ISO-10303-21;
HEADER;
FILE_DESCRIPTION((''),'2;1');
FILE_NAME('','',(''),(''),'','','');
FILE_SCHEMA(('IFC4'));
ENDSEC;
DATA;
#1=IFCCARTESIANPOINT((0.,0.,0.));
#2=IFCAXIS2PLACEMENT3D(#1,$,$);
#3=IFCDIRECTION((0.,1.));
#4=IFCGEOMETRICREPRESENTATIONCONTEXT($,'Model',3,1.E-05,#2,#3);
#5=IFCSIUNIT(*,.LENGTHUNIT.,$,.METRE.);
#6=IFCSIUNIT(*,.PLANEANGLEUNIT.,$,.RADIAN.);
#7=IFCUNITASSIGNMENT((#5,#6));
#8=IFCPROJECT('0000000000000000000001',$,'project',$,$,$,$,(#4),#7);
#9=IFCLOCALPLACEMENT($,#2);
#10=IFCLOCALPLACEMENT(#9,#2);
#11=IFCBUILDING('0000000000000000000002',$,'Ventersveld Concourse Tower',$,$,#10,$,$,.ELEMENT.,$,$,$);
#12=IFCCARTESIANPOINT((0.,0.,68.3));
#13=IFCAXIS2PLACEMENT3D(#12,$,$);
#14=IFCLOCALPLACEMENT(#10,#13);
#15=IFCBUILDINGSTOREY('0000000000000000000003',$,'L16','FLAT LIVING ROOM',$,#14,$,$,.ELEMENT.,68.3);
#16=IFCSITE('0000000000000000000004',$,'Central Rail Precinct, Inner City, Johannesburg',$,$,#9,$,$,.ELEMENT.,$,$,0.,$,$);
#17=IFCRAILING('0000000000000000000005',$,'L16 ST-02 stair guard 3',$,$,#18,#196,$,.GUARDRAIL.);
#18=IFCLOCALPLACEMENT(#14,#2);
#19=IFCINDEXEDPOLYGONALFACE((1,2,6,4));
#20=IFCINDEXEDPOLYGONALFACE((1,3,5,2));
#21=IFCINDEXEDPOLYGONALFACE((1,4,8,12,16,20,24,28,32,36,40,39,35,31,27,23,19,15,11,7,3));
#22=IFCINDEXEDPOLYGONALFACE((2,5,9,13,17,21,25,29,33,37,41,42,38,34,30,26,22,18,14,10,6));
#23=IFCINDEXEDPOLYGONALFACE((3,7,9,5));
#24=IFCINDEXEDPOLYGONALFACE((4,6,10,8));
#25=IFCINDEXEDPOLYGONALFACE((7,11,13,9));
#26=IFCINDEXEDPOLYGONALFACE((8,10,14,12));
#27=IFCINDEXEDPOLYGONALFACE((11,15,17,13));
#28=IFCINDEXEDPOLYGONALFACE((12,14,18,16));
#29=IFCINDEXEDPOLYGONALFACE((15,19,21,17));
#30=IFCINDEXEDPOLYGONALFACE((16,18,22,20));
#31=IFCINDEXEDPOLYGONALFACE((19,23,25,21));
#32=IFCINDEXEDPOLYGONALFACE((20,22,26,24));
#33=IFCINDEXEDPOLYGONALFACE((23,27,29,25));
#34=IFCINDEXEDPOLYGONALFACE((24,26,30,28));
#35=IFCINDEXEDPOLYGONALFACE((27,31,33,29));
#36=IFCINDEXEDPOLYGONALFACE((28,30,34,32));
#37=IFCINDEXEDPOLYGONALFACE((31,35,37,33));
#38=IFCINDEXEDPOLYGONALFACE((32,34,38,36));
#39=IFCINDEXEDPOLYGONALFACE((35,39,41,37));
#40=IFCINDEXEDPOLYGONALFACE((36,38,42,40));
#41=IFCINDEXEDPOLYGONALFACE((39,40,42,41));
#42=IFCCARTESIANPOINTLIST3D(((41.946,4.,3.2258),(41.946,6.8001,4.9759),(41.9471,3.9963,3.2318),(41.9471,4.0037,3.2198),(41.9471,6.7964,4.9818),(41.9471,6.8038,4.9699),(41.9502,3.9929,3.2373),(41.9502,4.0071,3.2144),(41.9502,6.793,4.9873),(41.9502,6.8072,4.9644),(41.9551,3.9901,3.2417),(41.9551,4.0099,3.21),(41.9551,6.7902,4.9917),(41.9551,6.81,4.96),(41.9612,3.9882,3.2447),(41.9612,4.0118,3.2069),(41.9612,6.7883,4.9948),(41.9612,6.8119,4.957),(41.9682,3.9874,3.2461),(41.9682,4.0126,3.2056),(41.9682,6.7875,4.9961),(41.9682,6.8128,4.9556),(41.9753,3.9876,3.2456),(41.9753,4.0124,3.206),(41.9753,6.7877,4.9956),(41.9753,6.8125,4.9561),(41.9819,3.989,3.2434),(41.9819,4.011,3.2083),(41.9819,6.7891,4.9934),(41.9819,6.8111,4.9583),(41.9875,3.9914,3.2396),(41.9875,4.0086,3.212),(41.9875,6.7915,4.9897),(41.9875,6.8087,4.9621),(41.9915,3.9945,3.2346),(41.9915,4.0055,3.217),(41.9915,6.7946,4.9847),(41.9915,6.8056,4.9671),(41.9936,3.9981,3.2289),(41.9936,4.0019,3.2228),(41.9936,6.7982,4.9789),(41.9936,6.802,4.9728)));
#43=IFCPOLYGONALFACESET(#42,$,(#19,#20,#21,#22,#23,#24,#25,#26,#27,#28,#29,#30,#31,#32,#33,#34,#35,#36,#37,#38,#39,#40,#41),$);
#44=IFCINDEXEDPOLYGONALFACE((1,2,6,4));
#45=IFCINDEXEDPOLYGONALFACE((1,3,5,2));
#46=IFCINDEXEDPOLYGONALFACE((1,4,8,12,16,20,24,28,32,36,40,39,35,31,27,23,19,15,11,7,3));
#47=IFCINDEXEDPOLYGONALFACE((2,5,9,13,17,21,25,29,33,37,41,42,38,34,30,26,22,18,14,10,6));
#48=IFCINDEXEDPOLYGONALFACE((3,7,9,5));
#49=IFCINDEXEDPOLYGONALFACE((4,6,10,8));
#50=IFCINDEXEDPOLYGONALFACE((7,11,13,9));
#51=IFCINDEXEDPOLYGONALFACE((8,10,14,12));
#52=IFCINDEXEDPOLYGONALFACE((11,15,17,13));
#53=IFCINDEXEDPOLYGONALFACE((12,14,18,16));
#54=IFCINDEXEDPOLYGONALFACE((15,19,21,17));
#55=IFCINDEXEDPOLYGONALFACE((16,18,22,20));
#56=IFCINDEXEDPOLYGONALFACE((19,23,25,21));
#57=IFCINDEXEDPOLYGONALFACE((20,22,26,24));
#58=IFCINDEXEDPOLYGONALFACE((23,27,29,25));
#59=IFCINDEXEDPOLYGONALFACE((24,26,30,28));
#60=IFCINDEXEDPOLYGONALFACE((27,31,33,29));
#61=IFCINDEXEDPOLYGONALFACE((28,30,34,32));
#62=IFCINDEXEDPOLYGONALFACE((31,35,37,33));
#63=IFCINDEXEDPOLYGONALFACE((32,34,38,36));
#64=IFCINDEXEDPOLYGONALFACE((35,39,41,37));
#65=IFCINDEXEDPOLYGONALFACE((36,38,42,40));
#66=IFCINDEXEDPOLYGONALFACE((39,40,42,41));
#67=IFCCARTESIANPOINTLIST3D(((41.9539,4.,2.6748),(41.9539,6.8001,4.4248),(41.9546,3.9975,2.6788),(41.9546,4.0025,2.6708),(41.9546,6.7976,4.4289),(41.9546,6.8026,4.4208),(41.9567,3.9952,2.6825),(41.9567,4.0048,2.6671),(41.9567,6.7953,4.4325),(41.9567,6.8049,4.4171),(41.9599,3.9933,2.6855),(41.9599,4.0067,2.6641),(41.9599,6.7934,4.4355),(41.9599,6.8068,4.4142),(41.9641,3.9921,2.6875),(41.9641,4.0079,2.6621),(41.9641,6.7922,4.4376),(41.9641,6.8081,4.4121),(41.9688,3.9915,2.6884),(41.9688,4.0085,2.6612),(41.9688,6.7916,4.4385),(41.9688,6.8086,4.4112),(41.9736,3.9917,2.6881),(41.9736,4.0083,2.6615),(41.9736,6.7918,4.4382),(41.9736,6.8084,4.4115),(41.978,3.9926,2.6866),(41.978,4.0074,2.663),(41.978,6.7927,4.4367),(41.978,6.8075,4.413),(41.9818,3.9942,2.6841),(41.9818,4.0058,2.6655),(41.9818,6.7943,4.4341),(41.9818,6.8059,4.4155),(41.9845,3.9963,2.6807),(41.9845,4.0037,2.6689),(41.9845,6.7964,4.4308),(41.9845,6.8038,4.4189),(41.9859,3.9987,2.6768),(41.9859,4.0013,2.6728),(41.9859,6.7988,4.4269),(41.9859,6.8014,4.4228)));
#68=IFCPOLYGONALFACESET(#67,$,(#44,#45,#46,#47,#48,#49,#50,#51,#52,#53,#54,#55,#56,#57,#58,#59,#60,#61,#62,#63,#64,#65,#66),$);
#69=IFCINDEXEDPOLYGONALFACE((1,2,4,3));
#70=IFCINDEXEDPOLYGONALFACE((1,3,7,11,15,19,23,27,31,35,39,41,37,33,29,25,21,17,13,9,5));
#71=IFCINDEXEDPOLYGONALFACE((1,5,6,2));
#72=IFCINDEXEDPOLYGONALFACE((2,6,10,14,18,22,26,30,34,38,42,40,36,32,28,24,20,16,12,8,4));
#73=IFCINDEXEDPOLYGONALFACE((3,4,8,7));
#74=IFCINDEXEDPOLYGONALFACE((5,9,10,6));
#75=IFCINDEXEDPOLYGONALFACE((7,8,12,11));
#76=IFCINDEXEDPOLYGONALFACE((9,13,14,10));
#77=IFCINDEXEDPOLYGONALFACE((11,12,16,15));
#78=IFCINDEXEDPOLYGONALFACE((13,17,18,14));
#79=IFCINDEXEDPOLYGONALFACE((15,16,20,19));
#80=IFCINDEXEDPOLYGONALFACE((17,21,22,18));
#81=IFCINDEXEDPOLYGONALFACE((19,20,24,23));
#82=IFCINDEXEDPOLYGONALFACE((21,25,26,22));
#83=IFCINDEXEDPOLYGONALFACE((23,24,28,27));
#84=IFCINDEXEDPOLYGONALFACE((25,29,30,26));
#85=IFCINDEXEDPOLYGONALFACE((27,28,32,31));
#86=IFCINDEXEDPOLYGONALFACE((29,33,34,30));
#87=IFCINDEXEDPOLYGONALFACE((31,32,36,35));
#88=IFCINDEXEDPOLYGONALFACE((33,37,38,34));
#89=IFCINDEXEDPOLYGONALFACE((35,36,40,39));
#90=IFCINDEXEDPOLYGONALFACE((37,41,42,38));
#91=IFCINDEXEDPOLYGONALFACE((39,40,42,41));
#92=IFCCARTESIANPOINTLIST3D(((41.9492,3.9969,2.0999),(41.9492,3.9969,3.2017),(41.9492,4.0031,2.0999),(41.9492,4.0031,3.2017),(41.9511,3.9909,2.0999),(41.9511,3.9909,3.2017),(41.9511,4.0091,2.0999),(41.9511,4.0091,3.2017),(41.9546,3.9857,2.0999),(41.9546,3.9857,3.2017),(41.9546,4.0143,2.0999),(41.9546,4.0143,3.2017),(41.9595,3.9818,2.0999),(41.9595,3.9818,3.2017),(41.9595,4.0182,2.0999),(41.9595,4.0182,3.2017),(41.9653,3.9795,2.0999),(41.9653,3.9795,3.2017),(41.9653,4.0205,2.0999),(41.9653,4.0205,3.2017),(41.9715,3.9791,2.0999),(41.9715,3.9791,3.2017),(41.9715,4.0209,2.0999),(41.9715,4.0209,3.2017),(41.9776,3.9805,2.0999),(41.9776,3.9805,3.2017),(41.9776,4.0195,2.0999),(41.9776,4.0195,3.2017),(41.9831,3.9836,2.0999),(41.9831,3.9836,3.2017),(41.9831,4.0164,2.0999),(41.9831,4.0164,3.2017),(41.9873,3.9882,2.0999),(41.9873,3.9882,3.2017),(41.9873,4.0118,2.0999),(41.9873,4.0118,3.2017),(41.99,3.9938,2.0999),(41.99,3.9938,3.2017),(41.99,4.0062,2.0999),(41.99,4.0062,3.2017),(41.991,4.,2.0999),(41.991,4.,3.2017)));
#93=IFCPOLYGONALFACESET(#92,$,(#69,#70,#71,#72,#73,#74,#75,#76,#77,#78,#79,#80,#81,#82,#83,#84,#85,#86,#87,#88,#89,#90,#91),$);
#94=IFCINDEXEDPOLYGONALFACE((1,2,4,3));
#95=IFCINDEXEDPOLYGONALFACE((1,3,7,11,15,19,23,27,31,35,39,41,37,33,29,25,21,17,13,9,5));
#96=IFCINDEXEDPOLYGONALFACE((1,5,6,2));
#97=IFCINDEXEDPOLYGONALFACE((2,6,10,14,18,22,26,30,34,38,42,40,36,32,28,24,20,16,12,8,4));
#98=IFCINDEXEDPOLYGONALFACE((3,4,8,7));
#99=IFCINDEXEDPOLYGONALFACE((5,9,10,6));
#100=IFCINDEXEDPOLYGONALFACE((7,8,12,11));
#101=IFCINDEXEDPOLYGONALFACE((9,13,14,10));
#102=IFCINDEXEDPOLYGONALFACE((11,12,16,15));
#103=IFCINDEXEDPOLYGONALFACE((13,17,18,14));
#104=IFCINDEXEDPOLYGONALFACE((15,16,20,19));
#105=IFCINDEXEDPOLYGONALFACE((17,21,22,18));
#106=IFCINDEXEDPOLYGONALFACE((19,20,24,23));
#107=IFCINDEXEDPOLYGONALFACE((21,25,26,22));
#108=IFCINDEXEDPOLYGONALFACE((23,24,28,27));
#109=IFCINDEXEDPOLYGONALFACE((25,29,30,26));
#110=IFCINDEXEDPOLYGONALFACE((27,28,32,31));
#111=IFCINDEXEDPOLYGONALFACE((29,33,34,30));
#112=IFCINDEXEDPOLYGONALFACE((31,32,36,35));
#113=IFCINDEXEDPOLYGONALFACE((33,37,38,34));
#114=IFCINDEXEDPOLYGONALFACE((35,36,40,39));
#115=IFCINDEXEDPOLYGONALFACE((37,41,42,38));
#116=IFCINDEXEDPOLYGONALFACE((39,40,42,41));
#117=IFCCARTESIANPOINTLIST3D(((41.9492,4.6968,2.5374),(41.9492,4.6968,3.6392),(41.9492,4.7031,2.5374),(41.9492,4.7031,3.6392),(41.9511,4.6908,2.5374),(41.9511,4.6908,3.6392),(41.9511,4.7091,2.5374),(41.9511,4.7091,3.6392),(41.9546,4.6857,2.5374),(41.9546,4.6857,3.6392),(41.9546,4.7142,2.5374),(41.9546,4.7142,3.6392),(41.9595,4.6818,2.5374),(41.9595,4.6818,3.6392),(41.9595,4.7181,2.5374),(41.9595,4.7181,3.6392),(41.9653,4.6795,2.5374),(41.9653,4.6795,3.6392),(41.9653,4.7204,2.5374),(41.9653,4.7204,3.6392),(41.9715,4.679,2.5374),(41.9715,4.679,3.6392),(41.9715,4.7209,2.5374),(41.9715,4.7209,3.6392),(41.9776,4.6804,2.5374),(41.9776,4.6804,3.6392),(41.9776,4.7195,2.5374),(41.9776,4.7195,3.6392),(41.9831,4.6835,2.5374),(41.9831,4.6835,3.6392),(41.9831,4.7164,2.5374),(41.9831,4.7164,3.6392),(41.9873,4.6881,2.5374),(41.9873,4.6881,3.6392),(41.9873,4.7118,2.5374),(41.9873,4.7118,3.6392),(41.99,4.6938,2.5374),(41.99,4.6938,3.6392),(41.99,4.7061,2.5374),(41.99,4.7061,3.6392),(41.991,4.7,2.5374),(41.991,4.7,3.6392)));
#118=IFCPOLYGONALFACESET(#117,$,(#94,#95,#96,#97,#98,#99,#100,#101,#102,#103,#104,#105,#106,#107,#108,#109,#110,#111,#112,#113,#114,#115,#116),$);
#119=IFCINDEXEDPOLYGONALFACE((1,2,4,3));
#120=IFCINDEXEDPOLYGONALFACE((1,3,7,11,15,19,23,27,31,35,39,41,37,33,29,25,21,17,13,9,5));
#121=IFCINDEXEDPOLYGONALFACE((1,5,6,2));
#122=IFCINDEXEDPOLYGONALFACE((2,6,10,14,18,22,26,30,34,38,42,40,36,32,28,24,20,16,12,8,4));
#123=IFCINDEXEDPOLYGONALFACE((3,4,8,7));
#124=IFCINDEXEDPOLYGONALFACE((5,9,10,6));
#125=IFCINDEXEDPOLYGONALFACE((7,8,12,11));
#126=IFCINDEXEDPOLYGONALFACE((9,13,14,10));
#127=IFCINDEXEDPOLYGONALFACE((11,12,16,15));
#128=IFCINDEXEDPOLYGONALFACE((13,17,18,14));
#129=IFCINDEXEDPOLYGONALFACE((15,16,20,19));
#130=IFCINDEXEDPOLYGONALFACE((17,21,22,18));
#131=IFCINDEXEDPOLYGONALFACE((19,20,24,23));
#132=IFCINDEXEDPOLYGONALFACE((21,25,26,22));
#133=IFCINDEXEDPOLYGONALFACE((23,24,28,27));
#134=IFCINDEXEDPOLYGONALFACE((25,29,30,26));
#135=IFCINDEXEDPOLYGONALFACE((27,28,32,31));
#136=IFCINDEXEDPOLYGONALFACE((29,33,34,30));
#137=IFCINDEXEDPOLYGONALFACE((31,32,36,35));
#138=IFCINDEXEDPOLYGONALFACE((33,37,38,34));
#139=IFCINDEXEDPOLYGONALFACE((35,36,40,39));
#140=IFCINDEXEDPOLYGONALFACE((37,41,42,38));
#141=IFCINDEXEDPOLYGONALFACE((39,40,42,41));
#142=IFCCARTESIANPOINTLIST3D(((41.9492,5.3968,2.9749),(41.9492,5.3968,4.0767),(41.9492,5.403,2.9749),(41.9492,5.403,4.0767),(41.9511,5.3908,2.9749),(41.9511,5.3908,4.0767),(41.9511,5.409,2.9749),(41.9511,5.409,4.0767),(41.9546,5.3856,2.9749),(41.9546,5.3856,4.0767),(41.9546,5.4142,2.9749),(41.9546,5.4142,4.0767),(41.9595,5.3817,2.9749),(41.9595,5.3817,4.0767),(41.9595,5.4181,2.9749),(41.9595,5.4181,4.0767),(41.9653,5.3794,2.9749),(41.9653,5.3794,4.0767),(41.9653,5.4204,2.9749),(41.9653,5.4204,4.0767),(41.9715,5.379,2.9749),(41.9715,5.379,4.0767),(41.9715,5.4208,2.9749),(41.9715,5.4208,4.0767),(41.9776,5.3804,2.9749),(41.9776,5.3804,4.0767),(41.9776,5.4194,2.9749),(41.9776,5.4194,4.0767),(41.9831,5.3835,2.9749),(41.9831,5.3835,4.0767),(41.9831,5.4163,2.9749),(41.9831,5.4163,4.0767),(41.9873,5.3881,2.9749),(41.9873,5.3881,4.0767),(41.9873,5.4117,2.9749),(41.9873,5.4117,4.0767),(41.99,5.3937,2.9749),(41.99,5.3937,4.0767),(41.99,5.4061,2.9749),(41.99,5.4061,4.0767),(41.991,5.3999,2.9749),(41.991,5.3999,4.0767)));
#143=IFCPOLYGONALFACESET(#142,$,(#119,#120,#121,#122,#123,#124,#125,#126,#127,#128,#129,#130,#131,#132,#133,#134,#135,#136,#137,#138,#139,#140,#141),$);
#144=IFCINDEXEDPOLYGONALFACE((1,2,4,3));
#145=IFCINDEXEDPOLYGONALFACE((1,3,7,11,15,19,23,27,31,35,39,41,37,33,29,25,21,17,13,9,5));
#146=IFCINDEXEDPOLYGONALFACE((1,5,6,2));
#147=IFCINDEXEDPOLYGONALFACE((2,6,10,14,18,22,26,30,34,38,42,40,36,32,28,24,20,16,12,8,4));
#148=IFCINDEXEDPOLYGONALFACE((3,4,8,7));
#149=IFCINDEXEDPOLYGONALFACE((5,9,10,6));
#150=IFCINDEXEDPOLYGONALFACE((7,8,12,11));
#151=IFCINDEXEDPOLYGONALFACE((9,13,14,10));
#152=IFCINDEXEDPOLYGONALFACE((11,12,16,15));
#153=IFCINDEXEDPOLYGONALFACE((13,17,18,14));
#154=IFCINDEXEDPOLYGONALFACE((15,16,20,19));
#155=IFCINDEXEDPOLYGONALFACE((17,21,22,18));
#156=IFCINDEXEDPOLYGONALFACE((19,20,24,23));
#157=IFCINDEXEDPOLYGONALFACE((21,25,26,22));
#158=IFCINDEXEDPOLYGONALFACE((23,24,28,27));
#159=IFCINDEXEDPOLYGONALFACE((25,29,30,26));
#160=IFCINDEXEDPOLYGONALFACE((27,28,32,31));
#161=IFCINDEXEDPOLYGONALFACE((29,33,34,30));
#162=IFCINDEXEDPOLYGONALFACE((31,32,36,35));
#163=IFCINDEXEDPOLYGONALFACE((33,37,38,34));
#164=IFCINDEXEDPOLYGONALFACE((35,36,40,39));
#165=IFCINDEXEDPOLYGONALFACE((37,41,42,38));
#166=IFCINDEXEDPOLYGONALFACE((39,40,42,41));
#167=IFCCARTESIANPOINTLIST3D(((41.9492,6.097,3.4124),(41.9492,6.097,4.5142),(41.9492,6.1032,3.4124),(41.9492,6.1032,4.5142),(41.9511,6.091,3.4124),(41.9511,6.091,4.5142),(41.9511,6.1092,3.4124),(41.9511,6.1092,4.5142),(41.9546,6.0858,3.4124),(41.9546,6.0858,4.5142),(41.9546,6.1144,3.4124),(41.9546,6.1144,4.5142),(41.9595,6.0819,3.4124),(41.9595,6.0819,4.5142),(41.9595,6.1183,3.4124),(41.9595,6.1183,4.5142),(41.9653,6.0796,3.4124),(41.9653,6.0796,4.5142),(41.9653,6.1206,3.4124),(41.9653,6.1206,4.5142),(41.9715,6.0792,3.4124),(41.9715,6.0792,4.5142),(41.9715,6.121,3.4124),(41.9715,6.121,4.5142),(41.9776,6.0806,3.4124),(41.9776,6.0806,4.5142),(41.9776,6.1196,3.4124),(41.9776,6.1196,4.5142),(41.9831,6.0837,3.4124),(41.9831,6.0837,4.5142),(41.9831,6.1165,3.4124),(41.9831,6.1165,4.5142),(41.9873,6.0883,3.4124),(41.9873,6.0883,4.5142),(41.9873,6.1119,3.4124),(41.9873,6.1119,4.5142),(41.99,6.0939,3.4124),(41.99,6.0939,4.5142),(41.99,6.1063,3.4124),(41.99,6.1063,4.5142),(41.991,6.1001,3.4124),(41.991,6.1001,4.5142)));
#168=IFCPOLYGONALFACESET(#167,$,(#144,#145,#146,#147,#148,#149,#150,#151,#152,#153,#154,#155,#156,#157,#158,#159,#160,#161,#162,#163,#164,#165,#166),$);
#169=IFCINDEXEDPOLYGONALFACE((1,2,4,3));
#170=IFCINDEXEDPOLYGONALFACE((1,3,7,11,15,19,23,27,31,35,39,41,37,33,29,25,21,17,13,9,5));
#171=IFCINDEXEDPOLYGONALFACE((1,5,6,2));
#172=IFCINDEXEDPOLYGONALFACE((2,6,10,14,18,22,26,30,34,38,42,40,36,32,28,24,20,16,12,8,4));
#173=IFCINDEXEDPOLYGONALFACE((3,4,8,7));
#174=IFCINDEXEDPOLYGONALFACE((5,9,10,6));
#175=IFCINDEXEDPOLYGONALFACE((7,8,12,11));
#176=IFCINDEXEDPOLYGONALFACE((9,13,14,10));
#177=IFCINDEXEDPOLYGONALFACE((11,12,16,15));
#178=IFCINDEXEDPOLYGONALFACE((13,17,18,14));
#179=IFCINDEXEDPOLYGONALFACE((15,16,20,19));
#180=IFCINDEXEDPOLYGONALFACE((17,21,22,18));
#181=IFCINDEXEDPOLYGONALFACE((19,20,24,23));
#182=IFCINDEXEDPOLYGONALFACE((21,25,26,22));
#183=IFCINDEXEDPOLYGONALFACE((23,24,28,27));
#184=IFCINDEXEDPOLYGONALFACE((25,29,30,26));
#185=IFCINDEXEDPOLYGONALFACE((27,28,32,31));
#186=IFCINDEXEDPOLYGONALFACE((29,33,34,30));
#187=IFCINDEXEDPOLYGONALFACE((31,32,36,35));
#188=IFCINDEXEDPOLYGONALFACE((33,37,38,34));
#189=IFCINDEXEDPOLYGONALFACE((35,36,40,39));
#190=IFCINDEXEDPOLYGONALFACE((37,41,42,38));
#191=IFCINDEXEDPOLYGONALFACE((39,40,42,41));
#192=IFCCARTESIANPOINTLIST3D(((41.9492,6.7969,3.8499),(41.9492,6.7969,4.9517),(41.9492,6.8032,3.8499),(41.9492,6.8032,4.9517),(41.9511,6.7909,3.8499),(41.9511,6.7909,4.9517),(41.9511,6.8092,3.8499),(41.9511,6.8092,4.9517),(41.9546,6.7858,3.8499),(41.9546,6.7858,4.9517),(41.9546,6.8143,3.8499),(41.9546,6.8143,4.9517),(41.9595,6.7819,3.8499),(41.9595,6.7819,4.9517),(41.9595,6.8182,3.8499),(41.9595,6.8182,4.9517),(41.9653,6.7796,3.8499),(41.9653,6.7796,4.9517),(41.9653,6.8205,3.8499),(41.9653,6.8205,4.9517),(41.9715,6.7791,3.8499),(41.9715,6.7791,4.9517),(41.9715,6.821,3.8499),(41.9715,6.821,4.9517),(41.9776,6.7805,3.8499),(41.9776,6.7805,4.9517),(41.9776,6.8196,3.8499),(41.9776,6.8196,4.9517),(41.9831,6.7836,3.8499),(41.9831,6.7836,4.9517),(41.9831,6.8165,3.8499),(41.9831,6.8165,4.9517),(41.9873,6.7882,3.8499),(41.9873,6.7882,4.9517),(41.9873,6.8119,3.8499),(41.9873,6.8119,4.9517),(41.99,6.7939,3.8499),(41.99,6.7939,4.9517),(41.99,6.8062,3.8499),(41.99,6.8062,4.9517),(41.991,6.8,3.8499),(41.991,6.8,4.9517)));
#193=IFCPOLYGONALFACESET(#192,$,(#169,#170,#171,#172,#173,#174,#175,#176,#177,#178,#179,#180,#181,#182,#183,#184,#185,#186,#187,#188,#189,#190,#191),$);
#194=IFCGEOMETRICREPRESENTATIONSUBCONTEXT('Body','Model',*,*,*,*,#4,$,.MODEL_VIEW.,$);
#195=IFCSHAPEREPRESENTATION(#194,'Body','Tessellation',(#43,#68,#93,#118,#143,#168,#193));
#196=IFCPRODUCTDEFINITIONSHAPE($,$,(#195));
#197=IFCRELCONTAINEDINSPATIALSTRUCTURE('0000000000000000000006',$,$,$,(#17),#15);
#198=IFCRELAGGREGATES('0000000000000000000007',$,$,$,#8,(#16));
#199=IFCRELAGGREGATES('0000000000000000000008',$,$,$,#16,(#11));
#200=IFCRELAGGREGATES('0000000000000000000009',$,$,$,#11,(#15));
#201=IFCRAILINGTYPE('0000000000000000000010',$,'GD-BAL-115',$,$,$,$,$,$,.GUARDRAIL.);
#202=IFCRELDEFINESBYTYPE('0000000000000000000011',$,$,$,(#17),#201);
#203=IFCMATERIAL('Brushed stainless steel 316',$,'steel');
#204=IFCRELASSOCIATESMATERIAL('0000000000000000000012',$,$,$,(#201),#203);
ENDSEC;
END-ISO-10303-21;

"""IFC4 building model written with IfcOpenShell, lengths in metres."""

from ifc_helpers import new_model, si_unit, direction, frame, origin, origin_2d, place, context, subcontext, project, spatial, circle, extrude, material, type_object, element, save


model = new_model("IFC4")

# Units and contexts
model_context = context("Model", 3, precision=1e-05, world=origin(), true_north=direction((0.0, 1.0)))
body_context = subcontext(model_context, "Body", "Model", "MODEL_VIEW")
ifc_project = project(units=[si_unit("LENGTHUNIT", "METRE"), si_unit("PLANEANGLEUNIT", "RADIAN")], contexts=[model_context])

# Site, building, storey
site_placement = place(None, origin())
site = spatial("IfcSite", under=ifc_project, at=site_placement, Name="Central Rail Precinct, Inner City, Johannesburg", CompositionType="ELEMENT", RefElevation=0.0)
building_placement = place(site_placement, origin())
building = spatial("IfcBuilding", under=site, at=building_placement, Name="Ventersveld Concourse Tower", CompositionType="ELEMENT")
storey_placement = place(building_placement, frame((0.0, 0.0, 68.3)))
storey = spatial("IfcBuildingStorey", under=building, at=storey_placement, Name="L16", Description="FLAT LIVING ROOM", CompositionType="ELEMENT", Elevation=68.3)

# Shared definitions
ifc_material_1 = material(Name="Brushed stainless steel 316", Category="steel")

# Railing
railing_type_1 = type_object("IfcRailingType", Name="GD-BAL-115", PredefinedType="GUARDRAIL", material=ifc_material_1)
railing_1_placement = place(storey_placement, frame((41.97, 4.0, 2.0999)))
element("IfcRailing", 1, at=railing_1_placement, inside=storey, type_object=railing_type_1, Name="L16 ST-02 stair guard 3", PredefinedType="GUARDRAIL", context=body_context, shape_type="SweptSolid", body=[
    extrude(circle(Radius=0.0239, at=origin_2d()), frame((0.0, 0.0, 1.126), z_axis=(0.0, 0.848002, 0.529992), x_axis=(-1.0, 0.0, 0.0)), (0.0, 0.0, 1.0), 3.302),
    extrude(circle(Radius=0.0161, at=origin_2d()), frame((0.0, 0.0, 0.575), z_axis=(0.0, 0.848002, 0.529992), x_axis=(-1.0, 0.0, 0.0)), (0.0, 0.0, 1.0), 3.302),
    extrude(circle(Radius=0.021, at=origin_2d()), origin(), (0.0, 0.0, 1.0), 1.1018),
    extrude(circle(Radius=0.021, at=origin_2d()), frame((0.0, 0.7, 0.4375)), (0.0, 0.0, 1.0), 1.1018),
    extrude(circle(Radius=0.021, at=origin_2d()), frame((0.0, 1.3999, 0.875)), (0.0, 0.0, 1.0), 1.1018),
    extrude(circle(Radius=0.021, at=origin_2d()), frame((0.0, 2.1001, 1.3125)), (0.0, 0.0, 1.0), 1.1018),
    extrude(circle(Radius=0.021, at=origin_2d()), frame((0.0, 2.8, 1.75)), (0.0, 0.0, 1.0), 1.1018),
])

save(model, "model.ifc")
